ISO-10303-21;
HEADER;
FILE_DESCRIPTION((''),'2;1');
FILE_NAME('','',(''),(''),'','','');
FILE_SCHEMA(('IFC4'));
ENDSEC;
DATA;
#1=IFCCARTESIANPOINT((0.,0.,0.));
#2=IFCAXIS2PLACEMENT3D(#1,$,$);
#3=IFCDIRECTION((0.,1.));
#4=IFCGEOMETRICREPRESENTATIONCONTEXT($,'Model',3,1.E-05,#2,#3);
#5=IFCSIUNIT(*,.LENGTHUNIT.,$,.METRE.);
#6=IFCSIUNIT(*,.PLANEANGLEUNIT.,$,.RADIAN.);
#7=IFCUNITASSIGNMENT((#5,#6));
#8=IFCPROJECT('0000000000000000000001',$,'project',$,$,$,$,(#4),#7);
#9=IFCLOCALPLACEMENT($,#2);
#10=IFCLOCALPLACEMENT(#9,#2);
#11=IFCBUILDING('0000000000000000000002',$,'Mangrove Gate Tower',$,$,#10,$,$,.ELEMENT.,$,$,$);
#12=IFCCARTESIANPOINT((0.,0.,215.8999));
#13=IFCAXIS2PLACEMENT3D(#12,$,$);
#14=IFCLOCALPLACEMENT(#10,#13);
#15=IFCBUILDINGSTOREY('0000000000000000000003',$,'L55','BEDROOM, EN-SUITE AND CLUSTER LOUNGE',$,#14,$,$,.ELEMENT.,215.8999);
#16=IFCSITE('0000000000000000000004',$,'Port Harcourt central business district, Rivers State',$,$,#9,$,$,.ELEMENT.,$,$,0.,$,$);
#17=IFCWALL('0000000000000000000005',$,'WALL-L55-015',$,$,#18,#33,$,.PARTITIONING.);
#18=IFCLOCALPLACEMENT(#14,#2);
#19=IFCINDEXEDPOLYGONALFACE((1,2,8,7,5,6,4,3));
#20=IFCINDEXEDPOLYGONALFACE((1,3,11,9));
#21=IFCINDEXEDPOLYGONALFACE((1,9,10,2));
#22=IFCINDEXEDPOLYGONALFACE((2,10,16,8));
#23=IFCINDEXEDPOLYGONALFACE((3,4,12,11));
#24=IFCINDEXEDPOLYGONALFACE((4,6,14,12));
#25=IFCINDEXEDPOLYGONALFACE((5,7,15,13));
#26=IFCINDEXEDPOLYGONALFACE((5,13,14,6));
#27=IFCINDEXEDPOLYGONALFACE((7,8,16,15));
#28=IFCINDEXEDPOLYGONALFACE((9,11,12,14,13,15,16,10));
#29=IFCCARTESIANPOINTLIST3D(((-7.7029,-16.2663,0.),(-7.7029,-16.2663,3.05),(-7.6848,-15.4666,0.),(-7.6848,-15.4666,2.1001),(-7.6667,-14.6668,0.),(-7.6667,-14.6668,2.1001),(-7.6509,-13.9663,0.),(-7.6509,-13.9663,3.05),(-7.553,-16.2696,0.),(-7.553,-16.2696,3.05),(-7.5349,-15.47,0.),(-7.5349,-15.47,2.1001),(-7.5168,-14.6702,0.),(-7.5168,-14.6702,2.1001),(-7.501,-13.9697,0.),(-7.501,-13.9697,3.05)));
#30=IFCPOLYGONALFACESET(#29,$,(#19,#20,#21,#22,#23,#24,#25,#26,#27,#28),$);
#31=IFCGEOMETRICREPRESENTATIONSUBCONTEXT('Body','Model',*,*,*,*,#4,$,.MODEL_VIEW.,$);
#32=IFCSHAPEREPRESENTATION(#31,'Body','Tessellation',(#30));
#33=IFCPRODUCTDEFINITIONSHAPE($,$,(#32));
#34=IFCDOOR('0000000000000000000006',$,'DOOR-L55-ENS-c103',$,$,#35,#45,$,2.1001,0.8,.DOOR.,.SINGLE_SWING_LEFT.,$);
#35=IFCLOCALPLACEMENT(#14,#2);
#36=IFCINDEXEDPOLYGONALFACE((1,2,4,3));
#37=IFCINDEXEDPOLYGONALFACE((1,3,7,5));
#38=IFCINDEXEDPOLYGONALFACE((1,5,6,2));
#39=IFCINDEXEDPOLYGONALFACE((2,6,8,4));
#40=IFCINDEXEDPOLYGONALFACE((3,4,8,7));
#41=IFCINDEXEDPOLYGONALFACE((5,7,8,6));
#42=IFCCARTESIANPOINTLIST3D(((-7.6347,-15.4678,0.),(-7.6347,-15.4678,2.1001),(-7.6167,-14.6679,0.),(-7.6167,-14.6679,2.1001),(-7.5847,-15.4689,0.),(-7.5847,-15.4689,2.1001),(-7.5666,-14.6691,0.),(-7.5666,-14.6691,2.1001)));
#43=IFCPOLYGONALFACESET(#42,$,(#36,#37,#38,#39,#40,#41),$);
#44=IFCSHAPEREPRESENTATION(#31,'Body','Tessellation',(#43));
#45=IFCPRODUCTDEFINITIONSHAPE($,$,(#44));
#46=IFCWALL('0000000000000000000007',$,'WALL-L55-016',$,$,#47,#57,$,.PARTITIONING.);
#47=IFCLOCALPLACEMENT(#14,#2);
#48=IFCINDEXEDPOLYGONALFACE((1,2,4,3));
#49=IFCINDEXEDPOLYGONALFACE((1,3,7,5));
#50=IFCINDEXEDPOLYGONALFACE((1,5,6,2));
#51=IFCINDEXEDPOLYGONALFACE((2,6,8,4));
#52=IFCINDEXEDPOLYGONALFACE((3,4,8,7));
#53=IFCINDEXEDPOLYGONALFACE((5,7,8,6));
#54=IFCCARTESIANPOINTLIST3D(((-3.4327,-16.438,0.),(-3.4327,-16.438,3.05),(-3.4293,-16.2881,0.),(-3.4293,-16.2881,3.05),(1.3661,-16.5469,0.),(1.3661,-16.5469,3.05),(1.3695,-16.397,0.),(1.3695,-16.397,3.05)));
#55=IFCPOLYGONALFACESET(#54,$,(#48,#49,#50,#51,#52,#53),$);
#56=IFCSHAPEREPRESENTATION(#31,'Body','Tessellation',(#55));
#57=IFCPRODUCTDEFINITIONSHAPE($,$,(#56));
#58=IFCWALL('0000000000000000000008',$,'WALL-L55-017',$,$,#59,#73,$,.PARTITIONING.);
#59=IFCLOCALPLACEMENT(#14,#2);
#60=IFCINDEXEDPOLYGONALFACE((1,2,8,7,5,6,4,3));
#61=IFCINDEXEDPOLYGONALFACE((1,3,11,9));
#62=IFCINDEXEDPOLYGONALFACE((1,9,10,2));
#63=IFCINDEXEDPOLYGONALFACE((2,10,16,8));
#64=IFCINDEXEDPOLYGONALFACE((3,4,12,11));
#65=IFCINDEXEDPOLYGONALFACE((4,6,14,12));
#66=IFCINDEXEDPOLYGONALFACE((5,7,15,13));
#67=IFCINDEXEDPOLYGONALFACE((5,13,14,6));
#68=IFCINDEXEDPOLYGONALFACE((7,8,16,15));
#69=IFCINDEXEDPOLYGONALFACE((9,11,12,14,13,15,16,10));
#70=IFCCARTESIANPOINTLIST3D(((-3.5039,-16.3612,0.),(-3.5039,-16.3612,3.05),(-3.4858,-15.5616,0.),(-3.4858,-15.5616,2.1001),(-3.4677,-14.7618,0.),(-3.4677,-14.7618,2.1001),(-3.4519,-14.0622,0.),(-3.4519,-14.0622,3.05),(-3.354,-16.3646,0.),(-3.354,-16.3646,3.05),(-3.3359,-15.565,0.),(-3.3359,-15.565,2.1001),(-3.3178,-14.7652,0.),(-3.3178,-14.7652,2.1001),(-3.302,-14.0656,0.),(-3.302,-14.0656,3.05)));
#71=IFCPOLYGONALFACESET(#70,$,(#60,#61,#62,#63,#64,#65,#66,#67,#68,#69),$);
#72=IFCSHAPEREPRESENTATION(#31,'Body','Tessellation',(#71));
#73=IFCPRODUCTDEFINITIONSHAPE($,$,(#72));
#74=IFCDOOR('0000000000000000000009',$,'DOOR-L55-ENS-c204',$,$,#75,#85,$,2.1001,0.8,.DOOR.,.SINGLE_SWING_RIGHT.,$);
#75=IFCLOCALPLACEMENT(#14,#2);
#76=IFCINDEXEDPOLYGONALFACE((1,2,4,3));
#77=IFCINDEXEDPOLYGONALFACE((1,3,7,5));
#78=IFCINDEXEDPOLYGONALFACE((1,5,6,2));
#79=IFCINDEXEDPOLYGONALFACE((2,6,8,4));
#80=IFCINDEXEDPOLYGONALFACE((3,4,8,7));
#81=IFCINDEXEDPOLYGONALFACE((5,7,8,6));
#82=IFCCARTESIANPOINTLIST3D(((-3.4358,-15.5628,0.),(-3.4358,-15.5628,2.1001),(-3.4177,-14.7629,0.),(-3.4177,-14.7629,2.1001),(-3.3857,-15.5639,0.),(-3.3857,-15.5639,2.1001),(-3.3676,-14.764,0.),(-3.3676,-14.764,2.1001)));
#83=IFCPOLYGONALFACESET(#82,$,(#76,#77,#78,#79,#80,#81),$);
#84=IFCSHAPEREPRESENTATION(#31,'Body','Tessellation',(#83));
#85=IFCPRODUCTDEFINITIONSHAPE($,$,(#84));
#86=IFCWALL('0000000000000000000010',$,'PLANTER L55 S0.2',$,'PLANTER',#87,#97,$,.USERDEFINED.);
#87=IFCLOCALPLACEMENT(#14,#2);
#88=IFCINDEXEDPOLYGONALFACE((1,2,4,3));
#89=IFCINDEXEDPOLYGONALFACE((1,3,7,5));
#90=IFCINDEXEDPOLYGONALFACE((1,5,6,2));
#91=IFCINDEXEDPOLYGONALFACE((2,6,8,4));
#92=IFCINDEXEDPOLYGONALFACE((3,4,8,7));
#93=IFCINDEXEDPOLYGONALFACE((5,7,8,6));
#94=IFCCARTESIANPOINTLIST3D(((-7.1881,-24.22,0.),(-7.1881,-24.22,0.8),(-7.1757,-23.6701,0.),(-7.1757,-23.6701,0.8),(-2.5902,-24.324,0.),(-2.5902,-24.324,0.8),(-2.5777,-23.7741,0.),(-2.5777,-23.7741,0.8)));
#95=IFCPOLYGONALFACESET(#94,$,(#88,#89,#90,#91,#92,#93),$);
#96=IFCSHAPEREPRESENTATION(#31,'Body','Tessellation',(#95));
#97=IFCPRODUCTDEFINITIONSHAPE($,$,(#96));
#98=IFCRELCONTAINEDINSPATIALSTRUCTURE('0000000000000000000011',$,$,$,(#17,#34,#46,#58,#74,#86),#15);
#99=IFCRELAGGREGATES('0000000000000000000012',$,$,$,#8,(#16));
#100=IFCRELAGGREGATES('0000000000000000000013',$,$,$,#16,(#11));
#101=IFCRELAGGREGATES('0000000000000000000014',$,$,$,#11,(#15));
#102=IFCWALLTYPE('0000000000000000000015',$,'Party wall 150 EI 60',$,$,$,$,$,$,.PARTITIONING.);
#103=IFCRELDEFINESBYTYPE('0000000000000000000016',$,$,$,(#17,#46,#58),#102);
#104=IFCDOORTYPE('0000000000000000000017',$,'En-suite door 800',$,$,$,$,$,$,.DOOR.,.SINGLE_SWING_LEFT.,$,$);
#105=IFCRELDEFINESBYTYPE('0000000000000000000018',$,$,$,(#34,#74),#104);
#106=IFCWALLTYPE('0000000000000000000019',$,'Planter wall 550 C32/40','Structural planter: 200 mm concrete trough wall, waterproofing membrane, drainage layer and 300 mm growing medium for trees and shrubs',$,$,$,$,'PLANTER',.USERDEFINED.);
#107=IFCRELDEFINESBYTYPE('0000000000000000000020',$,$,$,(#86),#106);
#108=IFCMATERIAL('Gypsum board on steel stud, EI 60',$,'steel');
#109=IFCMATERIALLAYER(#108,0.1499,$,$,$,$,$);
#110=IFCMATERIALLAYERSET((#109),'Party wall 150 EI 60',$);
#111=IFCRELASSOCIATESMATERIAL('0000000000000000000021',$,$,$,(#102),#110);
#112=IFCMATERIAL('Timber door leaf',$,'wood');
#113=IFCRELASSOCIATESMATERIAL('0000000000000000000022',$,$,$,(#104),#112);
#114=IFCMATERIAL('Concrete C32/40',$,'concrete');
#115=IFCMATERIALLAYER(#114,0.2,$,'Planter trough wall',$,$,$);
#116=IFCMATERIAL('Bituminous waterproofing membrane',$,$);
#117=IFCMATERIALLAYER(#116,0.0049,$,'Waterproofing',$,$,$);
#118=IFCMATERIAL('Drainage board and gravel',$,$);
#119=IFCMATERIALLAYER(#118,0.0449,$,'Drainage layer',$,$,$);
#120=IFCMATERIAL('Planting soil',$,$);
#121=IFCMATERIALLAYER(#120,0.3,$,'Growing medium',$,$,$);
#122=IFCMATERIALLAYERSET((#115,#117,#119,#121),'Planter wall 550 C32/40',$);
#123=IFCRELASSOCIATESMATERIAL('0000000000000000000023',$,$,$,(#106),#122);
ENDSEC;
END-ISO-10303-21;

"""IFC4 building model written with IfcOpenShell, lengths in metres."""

from ifc_helpers import new_model, si_unit, direction, frame, frame_2d, origin, place, context, subcontext, project, spatial, rectangle, extrude, material, layer, layer_set, type_object, element, fill, save


model = new_model("IFC4")

# Units and contexts
model_context = context("Model", 3, precision=1e-05, world=origin(), true_north=direction((0.0, 1.0)))
body_context = subcontext(model_context, "Body", "Model", "MODEL_VIEW")
ifc_project = project(units=[si_unit("LENGTHUNIT", "METRE"), si_unit("PLANEANGLEUNIT", "RADIAN")], contexts=[model_context])

# Site, building, storey
site_placement = place(None, origin())
site = spatial("IfcSite", under=ifc_project, at=site_placement, Name="Port Harcourt central business district, Rivers State", CompositionType="ELEMENT", RefElevation=0.0)
building_placement = place(site_placement, origin())
building = spatial("IfcBuilding", under=site, at=building_placement, Name="Mangrove Gate Tower", CompositionType="ELEMENT")
storey_placement = place(building_placement, frame((0.0, 0.0, 215.8999)))
storey = spatial("IfcBuildingStorey", under=building, at=storey_placement, Name="L55", Description="BEDROOM, EN-SUITE AND CLUSTER LOUNGE", CompositionType="ELEMENT", Elevation=215.8999)

# Shared definitions
ifc_material_1 = material(Name="Gypsum board on steel stud, EI 60", Category="steel")
ifc_layer_1 = layer(ifc_material_1, 0.1499)
ifc_layer_set_1 = layer_set([ifc_layer_1], Name="Party wall 150 EI 60")
wall_type_1 = type_object("IfcWallType", Name="Party wall 150 EI 60", PredefinedType="PARTITIONING", material=ifc_layer_set_1)

# Wall, opening, door
ifc_material_2 = material(Name="Timber door leaf", Category="wood")
door_type = type_object("IfcDoorType", Name="En-suite door 800", OperationType="SINGLE_SWING_LEFT", PredefinedType="DOOR", material=ifc_material_2)
wall_1_placement = place(storey_placement, frame((-7.6279, -16.2681, 0.0), z_axis=(0.0, 0.0, 1.0), x_axis=(0.022603, 0.999745, 0.0)))
wall_1 = element("IfcWall", 1, at=wall_1_placement, inside=storey, type_object=wall_type_1, Name="WALL-L55-015", PredefinedType="PARTITIONING", context=body_context, shape_type="SweptSolid", body=[
    extrude(rectangle(XDim=2.3005, YDim=0.1499, at=frame_2d((1.1504, 0.0))), origin(), (0.0, 0.0, 1.0), 3.05),
])
opening_1_placement = place(wall_1_placement, frame((0.8, 0.0, 0.0)))
opening_1 = element("IfcOpeningElement", 2, at=opening_1_placement, cuts=wall_1, PredefinedType="OPENING", context=body_context, shape_type="SweptSolid", body=[
    extrude(rectangle(XDim=0.8, YDim=2.1001, at=frame_2d((0.3999, 1.05))), frame((0.0, 0.085, 0.0), z_axis=(0.0, -1.0, 0.0), x_axis=(1.0, 0.0, 0.0)), (0.0, 0.0, 1.0), 0.1699),
])
door_1_placement = place(opening_1_placement, origin())
door_1 = element("IfcDoor", 3, at=door_1_placement, inside=storey, type_object=door_type, Name="DOOR-L55-ENS-c103", OperationType="SINGLE_SWING_LEFT", OverallHeight=2.1001, OverallWidth=0.8, PredefinedType="DOOR", context=body_context, shape_type="SweptSolid", body=[
    extrude(rectangle(XDim=0.8, YDim=2.1001, at=frame_2d((0.3999, 1.05))), frame((0.0, 0.0249, 0.0), z_axis=(0.0, -1.0, 0.0), x_axis=(1.0, 0.0, 0.0)), (0.0, 0.0, 1.0), 0.05),
])
fill(opening_1, door_1)

# Wall
wall_2_placement = place(storey_placement, frame((-3.4309, -16.363, 0.0), z_axis=(0.0, 0.0, 1.0), x_axis=(0.999743, -0.022684, 0.0)))
element("IfcWall", 4, at=wall_2_placement, inside=storey, type_object=wall_type_1, Name="WALL-L55-016", PredefinedType="PARTITIONING", context=body_context, shape_type="SweptSolid", body=[
    extrude(rectangle(XDim=4.8, YDim=0.1499, at=frame_2d((2.3999, 0.0))), origin(), (0.0, 0.0, 1.0), 3.05),
])

# Wall, opening, door
wall_3_placement = place(storey_placement, frame((-3.429, -16.363, 0.0), z_axis=(0.0, 0.0, 1.0), x_axis=(0.022613, 0.999744, 0.0)))
wall_3 = element("IfcWall", 5, at=wall_3_placement, inside=storey, type_object=wall_type_1, Name="WALL-L55-017", PredefinedType="PARTITIONING", context=body_context, shape_type="SweptSolid", body=[
    extrude(rectangle(XDim=2.2996, YDim=0.1499, at=frame_2d((1.1499, 0.0))), origin(), (0.0, 0.0, 1.0), 3.05),
])
opening_2_placement = place(wall_3_placement, frame((0.8, 0.0, 0.0)))
opening_2 = element("IfcOpeningElement", 6, at=opening_2_placement, cuts=wall_3, PredefinedType="OPENING", context=body_context, shape_type="SweptSolid", body=[
    extrude(rectangle(XDim=0.8, YDim=2.1001, at=frame_2d((0.3999, 1.05))), frame((0.0, 0.085, 0.0), z_axis=(0.0, -1.0, 0.0), x_axis=(1.0, 0.0, 0.0)), (0.0, 0.0, 1.0), 0.1699),
])
door_2_placement = place(opening_2_placement, origin())
door_2 = element("IfcDoor", 7, at=door_2_placement, inside=storey, type_object=door_type, Name="DOOR-L55-ENS-c204", OperationType="SINGLE_SWING_RIGHT", OverallHeight=2.1001, OverallWidth=0.8, PredefinedType="DOOR", context=body_context, shape_type="SweptSolid", body=[
    extrude(rectangle(XDim=0.8, YDim=2.1001, at=frame_2d((0.3999, 1.05))), frame((0.0, 0.0249, 0.0), z_axis=(0.0, -1.0, 0.0), x_axis=(1.0, 0.0, 0.0)), (0.0, 0.0, 1.0), 0.05),
])
fill(opening_2, door_2)

# Wall
ifc_material_3 = material(Name="Concrete C32/40", Category="concrete")
ifc_layer_2 = layer(ifc_material_3, 0.2, Name="Planter trough wall")
ifc_material_4 = material(Name="Bituminous waterproofing membrane")
ifc_layer_3 = layer(ifc_material_4, 0.0049, Name="Waterproofing")
ifc_material_5 = material(Name="Drainage board and gravel")
ifc_layer_4 = layer(ifc_material_5, 0.0449, Name="Drainage layer")
ifc_material_6 = material(Name="Planting soil")
ifc_layer_5 = layer(ifc_material_6, 0.3, Name="Growing medium")
ifc_layer_set_2 = layer_set([ifc_layer_2, ifc_layer_3, ifc_layer_4, ifc_layer_5], Name="Planter wall 550 C32/40")
wall_type_2 = type_object("IfcWallType", Name="Planter wall 550 C32/40", Description="Structural planter: 200 mm concrete trough wall, waterproofing membrane, drainage layer and 300 mm growing medium for trees and shrubs", ElementType="PLANTER", PredefinedType="USERDEFINED", material=ifc_layer_set_2)
wall_4_placement = place(storey_placement, frame((-7.1819, -23.9451, 0.0), z_axis=(0.0, 0.0, 1.0), x_axis=(0.999744, -0.022614, 0.0)))
element("IfcWall", 8, at=wall_4_placement, inside=storey, type_object=wall_type_2, Name="PLANTER L55 S0.2", ObjectType="PLANTER", PredefinedType="USERDEFINED", context=body_context, shape_type="SweptSolid", body=[
    extrude(rectangle(XDim=4.5991, YDim=0.55, at=frame_2d((2.2996, 0.0))), origin(), (0.0, 0.0, 1.0), 0.8),
])

save(model, "model.ifc")
